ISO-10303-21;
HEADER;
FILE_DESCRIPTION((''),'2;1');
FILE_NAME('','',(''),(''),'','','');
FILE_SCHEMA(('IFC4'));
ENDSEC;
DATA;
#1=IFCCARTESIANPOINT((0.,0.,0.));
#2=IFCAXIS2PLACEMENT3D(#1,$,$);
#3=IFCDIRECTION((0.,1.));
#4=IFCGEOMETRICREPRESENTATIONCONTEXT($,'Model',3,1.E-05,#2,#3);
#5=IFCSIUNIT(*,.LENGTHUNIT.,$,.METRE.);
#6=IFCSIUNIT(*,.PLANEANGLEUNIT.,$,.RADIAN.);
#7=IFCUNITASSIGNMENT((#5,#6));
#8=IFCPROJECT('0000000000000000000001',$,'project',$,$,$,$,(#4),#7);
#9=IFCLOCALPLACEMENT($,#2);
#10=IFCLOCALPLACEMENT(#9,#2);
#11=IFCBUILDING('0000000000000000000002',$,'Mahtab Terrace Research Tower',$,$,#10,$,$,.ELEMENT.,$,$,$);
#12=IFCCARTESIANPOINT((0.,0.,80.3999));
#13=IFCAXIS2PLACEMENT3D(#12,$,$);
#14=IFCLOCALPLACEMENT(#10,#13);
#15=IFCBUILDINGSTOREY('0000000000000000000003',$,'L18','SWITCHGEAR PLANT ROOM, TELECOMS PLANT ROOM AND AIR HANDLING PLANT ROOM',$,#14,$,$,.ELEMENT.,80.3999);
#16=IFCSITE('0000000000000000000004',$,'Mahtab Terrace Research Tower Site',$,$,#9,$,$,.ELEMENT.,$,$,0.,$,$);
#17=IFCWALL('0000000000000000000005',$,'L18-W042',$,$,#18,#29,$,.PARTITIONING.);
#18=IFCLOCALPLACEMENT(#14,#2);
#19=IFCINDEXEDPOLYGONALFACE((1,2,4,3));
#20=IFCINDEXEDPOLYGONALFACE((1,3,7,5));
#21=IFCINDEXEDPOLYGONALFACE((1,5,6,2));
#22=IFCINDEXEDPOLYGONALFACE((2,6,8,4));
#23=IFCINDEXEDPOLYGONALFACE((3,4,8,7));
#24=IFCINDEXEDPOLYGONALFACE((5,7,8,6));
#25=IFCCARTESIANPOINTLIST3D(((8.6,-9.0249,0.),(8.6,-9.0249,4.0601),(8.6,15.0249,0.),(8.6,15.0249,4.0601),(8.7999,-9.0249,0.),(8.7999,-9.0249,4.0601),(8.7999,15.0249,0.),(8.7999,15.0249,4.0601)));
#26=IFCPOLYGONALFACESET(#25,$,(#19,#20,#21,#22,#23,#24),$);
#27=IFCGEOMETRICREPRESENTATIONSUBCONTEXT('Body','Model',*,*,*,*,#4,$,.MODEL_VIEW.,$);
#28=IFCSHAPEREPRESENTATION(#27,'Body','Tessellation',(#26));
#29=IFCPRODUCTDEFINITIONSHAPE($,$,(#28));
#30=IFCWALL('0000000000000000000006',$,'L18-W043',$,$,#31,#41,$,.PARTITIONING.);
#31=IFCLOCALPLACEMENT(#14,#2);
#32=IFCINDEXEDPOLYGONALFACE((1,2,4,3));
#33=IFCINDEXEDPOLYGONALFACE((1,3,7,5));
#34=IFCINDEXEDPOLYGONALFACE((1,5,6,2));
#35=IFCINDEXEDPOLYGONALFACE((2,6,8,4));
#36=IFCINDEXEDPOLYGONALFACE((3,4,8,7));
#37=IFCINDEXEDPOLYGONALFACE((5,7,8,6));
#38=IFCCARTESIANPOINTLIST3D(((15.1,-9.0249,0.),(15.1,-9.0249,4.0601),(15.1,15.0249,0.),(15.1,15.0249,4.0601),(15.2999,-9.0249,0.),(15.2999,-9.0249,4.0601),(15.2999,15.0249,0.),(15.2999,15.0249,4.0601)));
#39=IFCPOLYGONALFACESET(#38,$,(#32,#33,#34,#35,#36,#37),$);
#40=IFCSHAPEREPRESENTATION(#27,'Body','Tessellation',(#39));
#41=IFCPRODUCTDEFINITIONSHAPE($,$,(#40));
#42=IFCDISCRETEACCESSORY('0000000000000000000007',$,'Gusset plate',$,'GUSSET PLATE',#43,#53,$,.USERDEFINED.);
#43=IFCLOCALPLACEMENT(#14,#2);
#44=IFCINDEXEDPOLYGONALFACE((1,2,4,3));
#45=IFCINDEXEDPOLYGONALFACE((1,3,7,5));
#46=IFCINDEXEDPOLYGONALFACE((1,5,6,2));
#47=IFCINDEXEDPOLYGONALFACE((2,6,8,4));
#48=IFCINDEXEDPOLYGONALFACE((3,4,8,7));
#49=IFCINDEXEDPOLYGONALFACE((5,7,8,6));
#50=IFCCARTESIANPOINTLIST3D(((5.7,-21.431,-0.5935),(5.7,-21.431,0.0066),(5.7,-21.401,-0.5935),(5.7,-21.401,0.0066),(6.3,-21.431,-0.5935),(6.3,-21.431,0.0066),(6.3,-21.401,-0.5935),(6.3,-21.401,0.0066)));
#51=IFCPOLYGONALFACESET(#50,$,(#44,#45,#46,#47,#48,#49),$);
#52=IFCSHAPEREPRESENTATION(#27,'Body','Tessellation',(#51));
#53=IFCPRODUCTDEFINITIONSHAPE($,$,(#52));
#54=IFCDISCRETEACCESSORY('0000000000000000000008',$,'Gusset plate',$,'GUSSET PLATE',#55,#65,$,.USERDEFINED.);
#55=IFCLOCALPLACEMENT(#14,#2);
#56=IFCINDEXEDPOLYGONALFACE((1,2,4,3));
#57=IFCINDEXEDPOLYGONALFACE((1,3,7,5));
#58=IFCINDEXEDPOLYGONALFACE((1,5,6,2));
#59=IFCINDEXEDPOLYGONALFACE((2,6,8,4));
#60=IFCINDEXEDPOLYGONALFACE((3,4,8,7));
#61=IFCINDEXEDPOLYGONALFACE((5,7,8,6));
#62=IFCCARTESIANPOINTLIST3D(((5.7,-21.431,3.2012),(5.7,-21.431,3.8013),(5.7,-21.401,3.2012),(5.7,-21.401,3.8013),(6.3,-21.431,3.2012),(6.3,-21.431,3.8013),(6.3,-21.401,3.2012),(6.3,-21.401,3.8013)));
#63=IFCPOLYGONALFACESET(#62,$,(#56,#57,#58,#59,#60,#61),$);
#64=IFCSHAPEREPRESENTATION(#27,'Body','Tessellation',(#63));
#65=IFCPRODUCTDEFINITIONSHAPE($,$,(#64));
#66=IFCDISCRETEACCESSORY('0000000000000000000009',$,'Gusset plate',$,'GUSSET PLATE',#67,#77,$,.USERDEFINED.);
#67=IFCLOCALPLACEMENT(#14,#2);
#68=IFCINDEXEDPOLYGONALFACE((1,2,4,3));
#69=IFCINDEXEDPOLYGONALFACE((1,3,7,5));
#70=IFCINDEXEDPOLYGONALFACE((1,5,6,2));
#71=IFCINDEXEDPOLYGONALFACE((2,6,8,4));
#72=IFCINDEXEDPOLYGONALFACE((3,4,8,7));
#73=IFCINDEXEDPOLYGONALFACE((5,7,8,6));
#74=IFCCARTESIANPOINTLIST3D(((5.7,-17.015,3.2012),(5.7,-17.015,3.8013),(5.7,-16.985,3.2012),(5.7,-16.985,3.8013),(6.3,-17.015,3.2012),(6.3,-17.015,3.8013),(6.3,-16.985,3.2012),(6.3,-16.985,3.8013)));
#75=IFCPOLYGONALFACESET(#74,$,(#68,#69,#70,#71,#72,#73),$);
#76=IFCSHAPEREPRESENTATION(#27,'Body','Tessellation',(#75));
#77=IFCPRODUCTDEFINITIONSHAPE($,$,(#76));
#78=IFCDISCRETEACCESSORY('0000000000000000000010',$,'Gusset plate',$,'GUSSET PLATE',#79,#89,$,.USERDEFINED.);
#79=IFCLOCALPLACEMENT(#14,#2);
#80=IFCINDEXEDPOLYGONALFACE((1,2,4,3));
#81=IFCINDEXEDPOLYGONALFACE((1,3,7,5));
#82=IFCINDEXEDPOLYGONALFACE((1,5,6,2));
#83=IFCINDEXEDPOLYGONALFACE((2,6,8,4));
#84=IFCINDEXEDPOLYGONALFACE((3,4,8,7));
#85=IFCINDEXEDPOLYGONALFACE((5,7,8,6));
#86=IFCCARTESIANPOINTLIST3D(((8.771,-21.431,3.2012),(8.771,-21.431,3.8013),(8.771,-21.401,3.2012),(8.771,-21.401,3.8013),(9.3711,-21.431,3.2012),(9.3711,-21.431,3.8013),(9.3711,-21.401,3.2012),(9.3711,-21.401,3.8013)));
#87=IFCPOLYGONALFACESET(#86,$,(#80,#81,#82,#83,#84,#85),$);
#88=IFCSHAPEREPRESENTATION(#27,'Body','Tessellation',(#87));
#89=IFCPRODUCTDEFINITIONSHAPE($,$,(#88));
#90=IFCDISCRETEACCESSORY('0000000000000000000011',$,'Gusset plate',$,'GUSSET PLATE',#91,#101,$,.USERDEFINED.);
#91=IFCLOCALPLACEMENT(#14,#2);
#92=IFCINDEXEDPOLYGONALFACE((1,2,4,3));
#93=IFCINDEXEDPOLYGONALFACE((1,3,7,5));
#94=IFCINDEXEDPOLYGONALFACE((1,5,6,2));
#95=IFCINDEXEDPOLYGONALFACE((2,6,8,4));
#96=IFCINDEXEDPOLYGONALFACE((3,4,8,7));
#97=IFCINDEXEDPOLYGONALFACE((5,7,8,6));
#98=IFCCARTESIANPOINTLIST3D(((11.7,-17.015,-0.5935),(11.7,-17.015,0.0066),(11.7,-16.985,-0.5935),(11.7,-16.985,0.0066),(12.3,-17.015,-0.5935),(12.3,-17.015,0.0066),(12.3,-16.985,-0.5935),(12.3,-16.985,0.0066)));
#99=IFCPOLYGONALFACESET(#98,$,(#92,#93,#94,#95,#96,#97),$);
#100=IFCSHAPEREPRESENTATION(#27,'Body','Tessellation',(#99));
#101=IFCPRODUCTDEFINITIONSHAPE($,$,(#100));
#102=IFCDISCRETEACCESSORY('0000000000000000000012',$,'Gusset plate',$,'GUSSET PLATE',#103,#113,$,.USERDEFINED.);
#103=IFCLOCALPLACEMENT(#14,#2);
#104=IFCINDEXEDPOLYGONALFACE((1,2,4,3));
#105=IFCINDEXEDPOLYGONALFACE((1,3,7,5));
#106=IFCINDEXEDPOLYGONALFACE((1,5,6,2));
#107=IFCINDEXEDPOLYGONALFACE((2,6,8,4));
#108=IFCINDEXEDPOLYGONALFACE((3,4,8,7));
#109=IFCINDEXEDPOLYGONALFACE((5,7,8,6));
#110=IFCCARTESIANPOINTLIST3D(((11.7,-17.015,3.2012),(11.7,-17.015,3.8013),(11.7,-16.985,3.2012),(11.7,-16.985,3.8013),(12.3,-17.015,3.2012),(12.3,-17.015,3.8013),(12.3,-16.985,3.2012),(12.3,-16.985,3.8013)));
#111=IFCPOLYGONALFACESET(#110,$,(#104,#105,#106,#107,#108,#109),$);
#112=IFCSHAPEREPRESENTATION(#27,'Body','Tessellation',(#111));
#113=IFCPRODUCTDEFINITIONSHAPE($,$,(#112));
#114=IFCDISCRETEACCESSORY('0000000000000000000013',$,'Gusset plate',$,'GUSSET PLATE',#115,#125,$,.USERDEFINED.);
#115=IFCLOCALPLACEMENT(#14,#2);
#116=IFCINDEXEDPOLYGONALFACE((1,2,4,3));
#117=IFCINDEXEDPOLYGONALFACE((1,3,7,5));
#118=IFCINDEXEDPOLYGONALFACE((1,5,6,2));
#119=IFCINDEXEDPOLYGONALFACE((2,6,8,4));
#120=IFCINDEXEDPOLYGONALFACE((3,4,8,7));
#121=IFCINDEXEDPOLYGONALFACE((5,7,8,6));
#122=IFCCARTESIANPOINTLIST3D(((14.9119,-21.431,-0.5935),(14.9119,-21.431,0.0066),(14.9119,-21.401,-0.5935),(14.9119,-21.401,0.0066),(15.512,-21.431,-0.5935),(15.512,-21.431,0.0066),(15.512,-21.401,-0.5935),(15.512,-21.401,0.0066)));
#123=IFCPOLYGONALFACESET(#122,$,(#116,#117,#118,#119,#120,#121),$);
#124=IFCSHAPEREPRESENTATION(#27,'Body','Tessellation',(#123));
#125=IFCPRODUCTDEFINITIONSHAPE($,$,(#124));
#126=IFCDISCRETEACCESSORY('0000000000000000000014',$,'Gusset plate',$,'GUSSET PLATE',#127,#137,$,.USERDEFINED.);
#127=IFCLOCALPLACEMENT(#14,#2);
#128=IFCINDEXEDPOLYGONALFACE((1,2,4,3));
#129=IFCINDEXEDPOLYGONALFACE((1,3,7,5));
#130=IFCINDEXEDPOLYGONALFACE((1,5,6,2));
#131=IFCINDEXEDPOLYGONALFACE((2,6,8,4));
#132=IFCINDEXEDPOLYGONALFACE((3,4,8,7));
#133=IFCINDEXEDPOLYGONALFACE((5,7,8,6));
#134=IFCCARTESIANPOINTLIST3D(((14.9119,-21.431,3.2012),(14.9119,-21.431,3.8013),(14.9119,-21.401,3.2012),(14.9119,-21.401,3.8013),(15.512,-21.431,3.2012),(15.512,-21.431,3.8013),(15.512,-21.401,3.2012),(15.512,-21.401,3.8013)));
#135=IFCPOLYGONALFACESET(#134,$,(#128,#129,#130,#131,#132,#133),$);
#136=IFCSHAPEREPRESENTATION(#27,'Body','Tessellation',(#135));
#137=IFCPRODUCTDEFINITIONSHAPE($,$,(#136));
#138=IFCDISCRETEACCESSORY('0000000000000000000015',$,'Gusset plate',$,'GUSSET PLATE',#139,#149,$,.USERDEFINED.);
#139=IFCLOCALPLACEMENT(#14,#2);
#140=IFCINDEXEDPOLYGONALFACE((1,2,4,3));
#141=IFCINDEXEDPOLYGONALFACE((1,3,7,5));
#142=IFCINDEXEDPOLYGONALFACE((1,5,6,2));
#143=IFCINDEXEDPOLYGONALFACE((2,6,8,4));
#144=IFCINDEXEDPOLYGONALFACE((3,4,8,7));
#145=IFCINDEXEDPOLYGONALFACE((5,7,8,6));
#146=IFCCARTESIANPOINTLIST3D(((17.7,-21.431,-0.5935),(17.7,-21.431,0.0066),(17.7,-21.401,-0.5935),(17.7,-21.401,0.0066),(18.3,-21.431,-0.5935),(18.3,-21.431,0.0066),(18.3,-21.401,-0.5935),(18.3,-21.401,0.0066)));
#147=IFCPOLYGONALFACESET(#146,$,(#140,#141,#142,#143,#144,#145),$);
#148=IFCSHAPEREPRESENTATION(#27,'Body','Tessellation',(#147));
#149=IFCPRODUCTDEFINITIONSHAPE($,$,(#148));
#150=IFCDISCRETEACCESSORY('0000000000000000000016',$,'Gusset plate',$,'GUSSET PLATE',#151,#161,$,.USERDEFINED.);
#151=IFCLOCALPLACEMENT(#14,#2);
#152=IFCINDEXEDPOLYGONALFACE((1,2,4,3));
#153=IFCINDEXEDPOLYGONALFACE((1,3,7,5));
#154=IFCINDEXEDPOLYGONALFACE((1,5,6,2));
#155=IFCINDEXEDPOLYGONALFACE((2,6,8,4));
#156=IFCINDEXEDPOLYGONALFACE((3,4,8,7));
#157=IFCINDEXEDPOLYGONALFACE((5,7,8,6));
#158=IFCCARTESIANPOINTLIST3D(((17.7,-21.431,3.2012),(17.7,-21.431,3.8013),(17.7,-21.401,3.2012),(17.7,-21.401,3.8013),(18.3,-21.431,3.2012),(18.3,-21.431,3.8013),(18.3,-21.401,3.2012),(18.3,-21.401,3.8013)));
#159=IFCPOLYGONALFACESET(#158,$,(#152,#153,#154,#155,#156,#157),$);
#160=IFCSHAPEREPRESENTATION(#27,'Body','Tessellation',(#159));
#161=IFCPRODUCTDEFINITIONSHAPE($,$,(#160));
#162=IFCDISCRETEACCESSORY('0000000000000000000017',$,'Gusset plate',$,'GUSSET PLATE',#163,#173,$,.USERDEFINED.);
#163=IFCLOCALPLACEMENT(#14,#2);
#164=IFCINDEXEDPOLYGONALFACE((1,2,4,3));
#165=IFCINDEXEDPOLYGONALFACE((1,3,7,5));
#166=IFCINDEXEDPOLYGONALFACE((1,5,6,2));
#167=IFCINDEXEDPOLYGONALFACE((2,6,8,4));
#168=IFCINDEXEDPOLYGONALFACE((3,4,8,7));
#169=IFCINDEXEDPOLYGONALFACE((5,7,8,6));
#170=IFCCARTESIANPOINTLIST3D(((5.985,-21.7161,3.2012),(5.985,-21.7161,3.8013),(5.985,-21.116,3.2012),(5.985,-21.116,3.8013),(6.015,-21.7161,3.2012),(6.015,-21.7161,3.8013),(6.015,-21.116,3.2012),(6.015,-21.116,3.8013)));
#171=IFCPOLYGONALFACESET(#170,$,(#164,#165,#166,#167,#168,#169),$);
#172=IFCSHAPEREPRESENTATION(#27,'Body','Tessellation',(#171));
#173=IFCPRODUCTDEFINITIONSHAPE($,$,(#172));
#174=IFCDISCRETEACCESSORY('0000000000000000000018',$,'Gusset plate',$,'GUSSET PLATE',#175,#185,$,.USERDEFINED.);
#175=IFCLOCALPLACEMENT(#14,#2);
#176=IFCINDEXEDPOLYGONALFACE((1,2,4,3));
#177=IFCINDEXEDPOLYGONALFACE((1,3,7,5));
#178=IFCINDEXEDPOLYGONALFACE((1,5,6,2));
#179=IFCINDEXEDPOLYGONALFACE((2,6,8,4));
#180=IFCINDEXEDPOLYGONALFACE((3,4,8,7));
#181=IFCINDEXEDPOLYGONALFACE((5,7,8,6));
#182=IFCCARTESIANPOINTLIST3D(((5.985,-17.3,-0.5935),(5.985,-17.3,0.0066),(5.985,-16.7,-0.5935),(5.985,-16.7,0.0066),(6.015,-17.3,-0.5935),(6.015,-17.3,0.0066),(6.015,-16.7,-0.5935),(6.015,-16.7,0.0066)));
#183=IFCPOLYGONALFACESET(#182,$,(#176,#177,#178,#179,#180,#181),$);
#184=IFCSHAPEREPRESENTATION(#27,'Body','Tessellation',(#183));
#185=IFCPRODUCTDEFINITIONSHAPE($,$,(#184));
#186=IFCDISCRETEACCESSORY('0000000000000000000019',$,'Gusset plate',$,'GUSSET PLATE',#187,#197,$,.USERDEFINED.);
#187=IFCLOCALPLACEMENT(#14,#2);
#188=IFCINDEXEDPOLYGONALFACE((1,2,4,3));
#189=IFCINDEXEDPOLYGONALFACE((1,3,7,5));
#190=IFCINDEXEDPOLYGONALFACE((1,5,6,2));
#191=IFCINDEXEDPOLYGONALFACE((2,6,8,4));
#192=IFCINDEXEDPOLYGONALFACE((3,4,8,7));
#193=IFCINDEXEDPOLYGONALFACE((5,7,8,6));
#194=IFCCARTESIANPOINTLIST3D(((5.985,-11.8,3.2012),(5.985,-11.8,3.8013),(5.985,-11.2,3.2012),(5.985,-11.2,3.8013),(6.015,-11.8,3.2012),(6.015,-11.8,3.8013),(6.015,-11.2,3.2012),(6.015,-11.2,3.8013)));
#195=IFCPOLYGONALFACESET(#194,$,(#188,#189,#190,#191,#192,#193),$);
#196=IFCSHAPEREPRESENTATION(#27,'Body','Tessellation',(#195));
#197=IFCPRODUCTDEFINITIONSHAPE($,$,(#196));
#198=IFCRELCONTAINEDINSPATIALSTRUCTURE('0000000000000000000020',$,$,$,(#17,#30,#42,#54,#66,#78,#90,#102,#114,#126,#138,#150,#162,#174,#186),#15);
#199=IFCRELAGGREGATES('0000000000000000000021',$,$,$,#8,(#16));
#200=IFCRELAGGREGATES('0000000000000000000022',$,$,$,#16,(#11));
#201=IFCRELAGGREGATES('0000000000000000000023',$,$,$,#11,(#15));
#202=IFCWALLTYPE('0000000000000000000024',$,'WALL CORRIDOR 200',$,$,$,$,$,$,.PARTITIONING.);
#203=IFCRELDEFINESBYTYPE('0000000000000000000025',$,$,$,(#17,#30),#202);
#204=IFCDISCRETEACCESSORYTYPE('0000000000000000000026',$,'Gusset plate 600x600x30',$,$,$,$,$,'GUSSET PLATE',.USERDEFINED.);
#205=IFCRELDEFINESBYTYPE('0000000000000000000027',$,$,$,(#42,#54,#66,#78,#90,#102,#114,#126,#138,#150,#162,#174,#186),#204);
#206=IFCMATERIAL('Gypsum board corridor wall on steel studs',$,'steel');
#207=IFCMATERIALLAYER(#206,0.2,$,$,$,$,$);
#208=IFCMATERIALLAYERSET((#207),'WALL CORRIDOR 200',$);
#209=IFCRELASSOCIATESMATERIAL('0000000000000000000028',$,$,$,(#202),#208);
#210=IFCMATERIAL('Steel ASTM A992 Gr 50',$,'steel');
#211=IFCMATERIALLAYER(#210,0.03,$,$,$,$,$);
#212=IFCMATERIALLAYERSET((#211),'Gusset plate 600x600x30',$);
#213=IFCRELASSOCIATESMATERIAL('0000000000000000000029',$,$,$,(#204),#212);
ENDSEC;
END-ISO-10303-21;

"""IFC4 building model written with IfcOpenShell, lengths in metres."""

from ifc_helpers import new_model, si_unit, direction, frame, frame_2d, origin, origin_2d, place, context, subcontext, project, spatial, rectangle, extrude, material, layer, layer_set, type_object, element, save


model = new_model("IFC4")

# Units and contexts
model_context = context("Model", 3, precision=1e-05, world=origin(), true_north=direction((0.0, 1.0)))
body_context = subcontext(model_context, "Body", "Model", "MODEL_VIEW")
ifc_project = project(units=[si_unit("LENGTHUNIT", "METRE"), si_unit("PLANEANGLEUNIT", "RADIAN")], contexts=[model_context])

# Site, building, storey
site_placement = place(None, origin())
site = spatial("IfcSite", under=ifc_project, at=site_placement, Name="Mahtab Terrace Research Tower Site", CompositionType="ELEMENT", RefElevation=0.0)
building_placement = place(site_placement, origin())
building = spatial("IfcBuilding", under=site, at=building_placement, Name="Mahtab Terrace Research Tower", CompositionType="ELEMENT")
storey_placement = place(building_placement, frame((0.0, 0.0, 80.3999)))
storey = spatial("IfcBuildingStorey", under=building, at=storey_placement, Name="L18", Description="SWITCHGEAR PLANT ROOM, TELECOMS PLANT ROOM AND AIR HANDLING PLANT ROOM", CompositionType="ELEMENT", Elevation=80.3999)

# Shared definitions
ifc_material_1 = material(Name="Steel ASTM A992 Gr 50", Category="steel")

# Shared definitions
ifc_material_2 = material(Name="Gypsum board corridor wall on steel studs", Category="steel")
ifc_layer_1 = layer(ifc_material_2, 0.2)
ifc_layer_set_1 = layer_set([ifc_layer_1], Name="WALL CORRIDOR 200")
wall_type = type_object("IfcWallType", Name="WALL CORRIDOR 200", PredefinedType="PARTITIONING", material=ifc_layer_set_1)

# Walls
for number, where, z_axis, x_axis, name in (
    (1, (8.7, -9.0249, 0.0), (0.0, 0.0, 1.0), (0.0, 1.0, 0.0), "L18-W042"),
    (2, (15.2, -9.0249, 0.0), (0.0, 0.0, 1.0), (0.0, 1.0, 0.0), "L18-W043"),
):
    element("IfcWall", number, at=place(storey_placement, frame(where, z_axis=z_axis, x_axis=x_axis)), inside=storey, type_object=wall_type, Name=name, PredefinedType="PARTITIONING", context=body_context, shape_type="SweptSolid", body=[
        extrude(rectangle(XDim=24.0498, YDim=0.2, at=frame_2d((12.0249, 0.0))), origin(), (0.0, 0.0, 1.0), 4.0601),
    ])

# Discrete accessories
ifc_layer_2 = layer(ifc_material_1, 0.03)
ifc_layer_set_2 = layer_set([ifc_layer_2], Name="Gusset plate 600x600x30")
discrete_accessory_type = type_object("IfcDiscreteAccessoryType", Name="Gusset plate 600x600x30", ElementType="GUSSET PLATE", PredefinedType="USERDEFINED", material=ifc_layer_set_2)
for number, where, z_axis, x_axis, name in (
    (3, (6.0, -21.416, -0.5935), (0.0, 0.0, 1.0), (1.0, 0.0, 0.0), "Gusset plate"),
    (4, (6.0, -21.416, 3.2012), (0.0, 0.0, 1.0), (1.0, 0.0, 0.0), "Gusset plate"),
    (5, (6.0, -17.0, 3.2012), (0.0, 0.0, 1.0), (1.0, 0.0, 0.0), "Gusset plate"),
    (6, (9.071, -21.416, 3.2012), (0.0, 0.0, 1.0), (1.0, 0.0, 0.0), "Gusset plate"),
    (7, (12.0, -17.0, -0.5935), (0.0, 0.0, 1.0), (1.0, 0.0, 0.0), "Gusset plate"),
    (8, (12.0, -17.0, 3.2012), (0.0, 0.0, 1.0), (1.0, 0.0, 0.0), "Gusset plate"),
    (9, (15.2119, -21.416, -0.5935), (0.0, 0.0, 1.0), (1.0, 0.0, 0.0), "Gusset plate"),
    (10, (15.2119, -21.416, 3.2012), (0.0, 0.0, 1.0), (1.0, 0.0, 0.0), "Gusset plate"),
    (11, (18.0, -21.416, -0.5935), (0.0, 0.0, 1.0), (1.0, 0.0, 0.0), "Gusset plate"),
    (12, (18.0, -21.416, 3.2012), (0.0, 0.0, 1.0), (1.0, 0.0, 0.0), "Gusset plate"),
    (13, (6.0, -21.416, 3.2012), (0.0, 0.0, 1.0), (0.0, 1.0, 0.0), "Gusset plate"),
    (14, (6.0, -17.0, -0.5935), (0.0, 0.0, 1.0), (0.0, 1.0, 0.0), "Gusset plate"),
    (15, (6.0, -11.5, 3.2012), (0.0, 0.0, 1.0), (0.0, 1.0, 0.0), "Gusset plate"),
):
    element("IfcDiscreteAccessory", number, at=place(storey_placement, frame(where, z_axis=z_axis, x_axis=x_axis)), inside=storey, type_object=discrete_accessory_type, Name=name, ObjectType="GUSSET PLATE", PredefinedType="USERDEFINED", context=body_context, shape_type="SweptSolid", body=[
        extrude(rectangle(XDim=0.6001, YDim=0.03, at=origin_2d()), origin(), (0.0, 0.0, 1.0), 0.6001),
    ])

save(model, "model.ifc")
